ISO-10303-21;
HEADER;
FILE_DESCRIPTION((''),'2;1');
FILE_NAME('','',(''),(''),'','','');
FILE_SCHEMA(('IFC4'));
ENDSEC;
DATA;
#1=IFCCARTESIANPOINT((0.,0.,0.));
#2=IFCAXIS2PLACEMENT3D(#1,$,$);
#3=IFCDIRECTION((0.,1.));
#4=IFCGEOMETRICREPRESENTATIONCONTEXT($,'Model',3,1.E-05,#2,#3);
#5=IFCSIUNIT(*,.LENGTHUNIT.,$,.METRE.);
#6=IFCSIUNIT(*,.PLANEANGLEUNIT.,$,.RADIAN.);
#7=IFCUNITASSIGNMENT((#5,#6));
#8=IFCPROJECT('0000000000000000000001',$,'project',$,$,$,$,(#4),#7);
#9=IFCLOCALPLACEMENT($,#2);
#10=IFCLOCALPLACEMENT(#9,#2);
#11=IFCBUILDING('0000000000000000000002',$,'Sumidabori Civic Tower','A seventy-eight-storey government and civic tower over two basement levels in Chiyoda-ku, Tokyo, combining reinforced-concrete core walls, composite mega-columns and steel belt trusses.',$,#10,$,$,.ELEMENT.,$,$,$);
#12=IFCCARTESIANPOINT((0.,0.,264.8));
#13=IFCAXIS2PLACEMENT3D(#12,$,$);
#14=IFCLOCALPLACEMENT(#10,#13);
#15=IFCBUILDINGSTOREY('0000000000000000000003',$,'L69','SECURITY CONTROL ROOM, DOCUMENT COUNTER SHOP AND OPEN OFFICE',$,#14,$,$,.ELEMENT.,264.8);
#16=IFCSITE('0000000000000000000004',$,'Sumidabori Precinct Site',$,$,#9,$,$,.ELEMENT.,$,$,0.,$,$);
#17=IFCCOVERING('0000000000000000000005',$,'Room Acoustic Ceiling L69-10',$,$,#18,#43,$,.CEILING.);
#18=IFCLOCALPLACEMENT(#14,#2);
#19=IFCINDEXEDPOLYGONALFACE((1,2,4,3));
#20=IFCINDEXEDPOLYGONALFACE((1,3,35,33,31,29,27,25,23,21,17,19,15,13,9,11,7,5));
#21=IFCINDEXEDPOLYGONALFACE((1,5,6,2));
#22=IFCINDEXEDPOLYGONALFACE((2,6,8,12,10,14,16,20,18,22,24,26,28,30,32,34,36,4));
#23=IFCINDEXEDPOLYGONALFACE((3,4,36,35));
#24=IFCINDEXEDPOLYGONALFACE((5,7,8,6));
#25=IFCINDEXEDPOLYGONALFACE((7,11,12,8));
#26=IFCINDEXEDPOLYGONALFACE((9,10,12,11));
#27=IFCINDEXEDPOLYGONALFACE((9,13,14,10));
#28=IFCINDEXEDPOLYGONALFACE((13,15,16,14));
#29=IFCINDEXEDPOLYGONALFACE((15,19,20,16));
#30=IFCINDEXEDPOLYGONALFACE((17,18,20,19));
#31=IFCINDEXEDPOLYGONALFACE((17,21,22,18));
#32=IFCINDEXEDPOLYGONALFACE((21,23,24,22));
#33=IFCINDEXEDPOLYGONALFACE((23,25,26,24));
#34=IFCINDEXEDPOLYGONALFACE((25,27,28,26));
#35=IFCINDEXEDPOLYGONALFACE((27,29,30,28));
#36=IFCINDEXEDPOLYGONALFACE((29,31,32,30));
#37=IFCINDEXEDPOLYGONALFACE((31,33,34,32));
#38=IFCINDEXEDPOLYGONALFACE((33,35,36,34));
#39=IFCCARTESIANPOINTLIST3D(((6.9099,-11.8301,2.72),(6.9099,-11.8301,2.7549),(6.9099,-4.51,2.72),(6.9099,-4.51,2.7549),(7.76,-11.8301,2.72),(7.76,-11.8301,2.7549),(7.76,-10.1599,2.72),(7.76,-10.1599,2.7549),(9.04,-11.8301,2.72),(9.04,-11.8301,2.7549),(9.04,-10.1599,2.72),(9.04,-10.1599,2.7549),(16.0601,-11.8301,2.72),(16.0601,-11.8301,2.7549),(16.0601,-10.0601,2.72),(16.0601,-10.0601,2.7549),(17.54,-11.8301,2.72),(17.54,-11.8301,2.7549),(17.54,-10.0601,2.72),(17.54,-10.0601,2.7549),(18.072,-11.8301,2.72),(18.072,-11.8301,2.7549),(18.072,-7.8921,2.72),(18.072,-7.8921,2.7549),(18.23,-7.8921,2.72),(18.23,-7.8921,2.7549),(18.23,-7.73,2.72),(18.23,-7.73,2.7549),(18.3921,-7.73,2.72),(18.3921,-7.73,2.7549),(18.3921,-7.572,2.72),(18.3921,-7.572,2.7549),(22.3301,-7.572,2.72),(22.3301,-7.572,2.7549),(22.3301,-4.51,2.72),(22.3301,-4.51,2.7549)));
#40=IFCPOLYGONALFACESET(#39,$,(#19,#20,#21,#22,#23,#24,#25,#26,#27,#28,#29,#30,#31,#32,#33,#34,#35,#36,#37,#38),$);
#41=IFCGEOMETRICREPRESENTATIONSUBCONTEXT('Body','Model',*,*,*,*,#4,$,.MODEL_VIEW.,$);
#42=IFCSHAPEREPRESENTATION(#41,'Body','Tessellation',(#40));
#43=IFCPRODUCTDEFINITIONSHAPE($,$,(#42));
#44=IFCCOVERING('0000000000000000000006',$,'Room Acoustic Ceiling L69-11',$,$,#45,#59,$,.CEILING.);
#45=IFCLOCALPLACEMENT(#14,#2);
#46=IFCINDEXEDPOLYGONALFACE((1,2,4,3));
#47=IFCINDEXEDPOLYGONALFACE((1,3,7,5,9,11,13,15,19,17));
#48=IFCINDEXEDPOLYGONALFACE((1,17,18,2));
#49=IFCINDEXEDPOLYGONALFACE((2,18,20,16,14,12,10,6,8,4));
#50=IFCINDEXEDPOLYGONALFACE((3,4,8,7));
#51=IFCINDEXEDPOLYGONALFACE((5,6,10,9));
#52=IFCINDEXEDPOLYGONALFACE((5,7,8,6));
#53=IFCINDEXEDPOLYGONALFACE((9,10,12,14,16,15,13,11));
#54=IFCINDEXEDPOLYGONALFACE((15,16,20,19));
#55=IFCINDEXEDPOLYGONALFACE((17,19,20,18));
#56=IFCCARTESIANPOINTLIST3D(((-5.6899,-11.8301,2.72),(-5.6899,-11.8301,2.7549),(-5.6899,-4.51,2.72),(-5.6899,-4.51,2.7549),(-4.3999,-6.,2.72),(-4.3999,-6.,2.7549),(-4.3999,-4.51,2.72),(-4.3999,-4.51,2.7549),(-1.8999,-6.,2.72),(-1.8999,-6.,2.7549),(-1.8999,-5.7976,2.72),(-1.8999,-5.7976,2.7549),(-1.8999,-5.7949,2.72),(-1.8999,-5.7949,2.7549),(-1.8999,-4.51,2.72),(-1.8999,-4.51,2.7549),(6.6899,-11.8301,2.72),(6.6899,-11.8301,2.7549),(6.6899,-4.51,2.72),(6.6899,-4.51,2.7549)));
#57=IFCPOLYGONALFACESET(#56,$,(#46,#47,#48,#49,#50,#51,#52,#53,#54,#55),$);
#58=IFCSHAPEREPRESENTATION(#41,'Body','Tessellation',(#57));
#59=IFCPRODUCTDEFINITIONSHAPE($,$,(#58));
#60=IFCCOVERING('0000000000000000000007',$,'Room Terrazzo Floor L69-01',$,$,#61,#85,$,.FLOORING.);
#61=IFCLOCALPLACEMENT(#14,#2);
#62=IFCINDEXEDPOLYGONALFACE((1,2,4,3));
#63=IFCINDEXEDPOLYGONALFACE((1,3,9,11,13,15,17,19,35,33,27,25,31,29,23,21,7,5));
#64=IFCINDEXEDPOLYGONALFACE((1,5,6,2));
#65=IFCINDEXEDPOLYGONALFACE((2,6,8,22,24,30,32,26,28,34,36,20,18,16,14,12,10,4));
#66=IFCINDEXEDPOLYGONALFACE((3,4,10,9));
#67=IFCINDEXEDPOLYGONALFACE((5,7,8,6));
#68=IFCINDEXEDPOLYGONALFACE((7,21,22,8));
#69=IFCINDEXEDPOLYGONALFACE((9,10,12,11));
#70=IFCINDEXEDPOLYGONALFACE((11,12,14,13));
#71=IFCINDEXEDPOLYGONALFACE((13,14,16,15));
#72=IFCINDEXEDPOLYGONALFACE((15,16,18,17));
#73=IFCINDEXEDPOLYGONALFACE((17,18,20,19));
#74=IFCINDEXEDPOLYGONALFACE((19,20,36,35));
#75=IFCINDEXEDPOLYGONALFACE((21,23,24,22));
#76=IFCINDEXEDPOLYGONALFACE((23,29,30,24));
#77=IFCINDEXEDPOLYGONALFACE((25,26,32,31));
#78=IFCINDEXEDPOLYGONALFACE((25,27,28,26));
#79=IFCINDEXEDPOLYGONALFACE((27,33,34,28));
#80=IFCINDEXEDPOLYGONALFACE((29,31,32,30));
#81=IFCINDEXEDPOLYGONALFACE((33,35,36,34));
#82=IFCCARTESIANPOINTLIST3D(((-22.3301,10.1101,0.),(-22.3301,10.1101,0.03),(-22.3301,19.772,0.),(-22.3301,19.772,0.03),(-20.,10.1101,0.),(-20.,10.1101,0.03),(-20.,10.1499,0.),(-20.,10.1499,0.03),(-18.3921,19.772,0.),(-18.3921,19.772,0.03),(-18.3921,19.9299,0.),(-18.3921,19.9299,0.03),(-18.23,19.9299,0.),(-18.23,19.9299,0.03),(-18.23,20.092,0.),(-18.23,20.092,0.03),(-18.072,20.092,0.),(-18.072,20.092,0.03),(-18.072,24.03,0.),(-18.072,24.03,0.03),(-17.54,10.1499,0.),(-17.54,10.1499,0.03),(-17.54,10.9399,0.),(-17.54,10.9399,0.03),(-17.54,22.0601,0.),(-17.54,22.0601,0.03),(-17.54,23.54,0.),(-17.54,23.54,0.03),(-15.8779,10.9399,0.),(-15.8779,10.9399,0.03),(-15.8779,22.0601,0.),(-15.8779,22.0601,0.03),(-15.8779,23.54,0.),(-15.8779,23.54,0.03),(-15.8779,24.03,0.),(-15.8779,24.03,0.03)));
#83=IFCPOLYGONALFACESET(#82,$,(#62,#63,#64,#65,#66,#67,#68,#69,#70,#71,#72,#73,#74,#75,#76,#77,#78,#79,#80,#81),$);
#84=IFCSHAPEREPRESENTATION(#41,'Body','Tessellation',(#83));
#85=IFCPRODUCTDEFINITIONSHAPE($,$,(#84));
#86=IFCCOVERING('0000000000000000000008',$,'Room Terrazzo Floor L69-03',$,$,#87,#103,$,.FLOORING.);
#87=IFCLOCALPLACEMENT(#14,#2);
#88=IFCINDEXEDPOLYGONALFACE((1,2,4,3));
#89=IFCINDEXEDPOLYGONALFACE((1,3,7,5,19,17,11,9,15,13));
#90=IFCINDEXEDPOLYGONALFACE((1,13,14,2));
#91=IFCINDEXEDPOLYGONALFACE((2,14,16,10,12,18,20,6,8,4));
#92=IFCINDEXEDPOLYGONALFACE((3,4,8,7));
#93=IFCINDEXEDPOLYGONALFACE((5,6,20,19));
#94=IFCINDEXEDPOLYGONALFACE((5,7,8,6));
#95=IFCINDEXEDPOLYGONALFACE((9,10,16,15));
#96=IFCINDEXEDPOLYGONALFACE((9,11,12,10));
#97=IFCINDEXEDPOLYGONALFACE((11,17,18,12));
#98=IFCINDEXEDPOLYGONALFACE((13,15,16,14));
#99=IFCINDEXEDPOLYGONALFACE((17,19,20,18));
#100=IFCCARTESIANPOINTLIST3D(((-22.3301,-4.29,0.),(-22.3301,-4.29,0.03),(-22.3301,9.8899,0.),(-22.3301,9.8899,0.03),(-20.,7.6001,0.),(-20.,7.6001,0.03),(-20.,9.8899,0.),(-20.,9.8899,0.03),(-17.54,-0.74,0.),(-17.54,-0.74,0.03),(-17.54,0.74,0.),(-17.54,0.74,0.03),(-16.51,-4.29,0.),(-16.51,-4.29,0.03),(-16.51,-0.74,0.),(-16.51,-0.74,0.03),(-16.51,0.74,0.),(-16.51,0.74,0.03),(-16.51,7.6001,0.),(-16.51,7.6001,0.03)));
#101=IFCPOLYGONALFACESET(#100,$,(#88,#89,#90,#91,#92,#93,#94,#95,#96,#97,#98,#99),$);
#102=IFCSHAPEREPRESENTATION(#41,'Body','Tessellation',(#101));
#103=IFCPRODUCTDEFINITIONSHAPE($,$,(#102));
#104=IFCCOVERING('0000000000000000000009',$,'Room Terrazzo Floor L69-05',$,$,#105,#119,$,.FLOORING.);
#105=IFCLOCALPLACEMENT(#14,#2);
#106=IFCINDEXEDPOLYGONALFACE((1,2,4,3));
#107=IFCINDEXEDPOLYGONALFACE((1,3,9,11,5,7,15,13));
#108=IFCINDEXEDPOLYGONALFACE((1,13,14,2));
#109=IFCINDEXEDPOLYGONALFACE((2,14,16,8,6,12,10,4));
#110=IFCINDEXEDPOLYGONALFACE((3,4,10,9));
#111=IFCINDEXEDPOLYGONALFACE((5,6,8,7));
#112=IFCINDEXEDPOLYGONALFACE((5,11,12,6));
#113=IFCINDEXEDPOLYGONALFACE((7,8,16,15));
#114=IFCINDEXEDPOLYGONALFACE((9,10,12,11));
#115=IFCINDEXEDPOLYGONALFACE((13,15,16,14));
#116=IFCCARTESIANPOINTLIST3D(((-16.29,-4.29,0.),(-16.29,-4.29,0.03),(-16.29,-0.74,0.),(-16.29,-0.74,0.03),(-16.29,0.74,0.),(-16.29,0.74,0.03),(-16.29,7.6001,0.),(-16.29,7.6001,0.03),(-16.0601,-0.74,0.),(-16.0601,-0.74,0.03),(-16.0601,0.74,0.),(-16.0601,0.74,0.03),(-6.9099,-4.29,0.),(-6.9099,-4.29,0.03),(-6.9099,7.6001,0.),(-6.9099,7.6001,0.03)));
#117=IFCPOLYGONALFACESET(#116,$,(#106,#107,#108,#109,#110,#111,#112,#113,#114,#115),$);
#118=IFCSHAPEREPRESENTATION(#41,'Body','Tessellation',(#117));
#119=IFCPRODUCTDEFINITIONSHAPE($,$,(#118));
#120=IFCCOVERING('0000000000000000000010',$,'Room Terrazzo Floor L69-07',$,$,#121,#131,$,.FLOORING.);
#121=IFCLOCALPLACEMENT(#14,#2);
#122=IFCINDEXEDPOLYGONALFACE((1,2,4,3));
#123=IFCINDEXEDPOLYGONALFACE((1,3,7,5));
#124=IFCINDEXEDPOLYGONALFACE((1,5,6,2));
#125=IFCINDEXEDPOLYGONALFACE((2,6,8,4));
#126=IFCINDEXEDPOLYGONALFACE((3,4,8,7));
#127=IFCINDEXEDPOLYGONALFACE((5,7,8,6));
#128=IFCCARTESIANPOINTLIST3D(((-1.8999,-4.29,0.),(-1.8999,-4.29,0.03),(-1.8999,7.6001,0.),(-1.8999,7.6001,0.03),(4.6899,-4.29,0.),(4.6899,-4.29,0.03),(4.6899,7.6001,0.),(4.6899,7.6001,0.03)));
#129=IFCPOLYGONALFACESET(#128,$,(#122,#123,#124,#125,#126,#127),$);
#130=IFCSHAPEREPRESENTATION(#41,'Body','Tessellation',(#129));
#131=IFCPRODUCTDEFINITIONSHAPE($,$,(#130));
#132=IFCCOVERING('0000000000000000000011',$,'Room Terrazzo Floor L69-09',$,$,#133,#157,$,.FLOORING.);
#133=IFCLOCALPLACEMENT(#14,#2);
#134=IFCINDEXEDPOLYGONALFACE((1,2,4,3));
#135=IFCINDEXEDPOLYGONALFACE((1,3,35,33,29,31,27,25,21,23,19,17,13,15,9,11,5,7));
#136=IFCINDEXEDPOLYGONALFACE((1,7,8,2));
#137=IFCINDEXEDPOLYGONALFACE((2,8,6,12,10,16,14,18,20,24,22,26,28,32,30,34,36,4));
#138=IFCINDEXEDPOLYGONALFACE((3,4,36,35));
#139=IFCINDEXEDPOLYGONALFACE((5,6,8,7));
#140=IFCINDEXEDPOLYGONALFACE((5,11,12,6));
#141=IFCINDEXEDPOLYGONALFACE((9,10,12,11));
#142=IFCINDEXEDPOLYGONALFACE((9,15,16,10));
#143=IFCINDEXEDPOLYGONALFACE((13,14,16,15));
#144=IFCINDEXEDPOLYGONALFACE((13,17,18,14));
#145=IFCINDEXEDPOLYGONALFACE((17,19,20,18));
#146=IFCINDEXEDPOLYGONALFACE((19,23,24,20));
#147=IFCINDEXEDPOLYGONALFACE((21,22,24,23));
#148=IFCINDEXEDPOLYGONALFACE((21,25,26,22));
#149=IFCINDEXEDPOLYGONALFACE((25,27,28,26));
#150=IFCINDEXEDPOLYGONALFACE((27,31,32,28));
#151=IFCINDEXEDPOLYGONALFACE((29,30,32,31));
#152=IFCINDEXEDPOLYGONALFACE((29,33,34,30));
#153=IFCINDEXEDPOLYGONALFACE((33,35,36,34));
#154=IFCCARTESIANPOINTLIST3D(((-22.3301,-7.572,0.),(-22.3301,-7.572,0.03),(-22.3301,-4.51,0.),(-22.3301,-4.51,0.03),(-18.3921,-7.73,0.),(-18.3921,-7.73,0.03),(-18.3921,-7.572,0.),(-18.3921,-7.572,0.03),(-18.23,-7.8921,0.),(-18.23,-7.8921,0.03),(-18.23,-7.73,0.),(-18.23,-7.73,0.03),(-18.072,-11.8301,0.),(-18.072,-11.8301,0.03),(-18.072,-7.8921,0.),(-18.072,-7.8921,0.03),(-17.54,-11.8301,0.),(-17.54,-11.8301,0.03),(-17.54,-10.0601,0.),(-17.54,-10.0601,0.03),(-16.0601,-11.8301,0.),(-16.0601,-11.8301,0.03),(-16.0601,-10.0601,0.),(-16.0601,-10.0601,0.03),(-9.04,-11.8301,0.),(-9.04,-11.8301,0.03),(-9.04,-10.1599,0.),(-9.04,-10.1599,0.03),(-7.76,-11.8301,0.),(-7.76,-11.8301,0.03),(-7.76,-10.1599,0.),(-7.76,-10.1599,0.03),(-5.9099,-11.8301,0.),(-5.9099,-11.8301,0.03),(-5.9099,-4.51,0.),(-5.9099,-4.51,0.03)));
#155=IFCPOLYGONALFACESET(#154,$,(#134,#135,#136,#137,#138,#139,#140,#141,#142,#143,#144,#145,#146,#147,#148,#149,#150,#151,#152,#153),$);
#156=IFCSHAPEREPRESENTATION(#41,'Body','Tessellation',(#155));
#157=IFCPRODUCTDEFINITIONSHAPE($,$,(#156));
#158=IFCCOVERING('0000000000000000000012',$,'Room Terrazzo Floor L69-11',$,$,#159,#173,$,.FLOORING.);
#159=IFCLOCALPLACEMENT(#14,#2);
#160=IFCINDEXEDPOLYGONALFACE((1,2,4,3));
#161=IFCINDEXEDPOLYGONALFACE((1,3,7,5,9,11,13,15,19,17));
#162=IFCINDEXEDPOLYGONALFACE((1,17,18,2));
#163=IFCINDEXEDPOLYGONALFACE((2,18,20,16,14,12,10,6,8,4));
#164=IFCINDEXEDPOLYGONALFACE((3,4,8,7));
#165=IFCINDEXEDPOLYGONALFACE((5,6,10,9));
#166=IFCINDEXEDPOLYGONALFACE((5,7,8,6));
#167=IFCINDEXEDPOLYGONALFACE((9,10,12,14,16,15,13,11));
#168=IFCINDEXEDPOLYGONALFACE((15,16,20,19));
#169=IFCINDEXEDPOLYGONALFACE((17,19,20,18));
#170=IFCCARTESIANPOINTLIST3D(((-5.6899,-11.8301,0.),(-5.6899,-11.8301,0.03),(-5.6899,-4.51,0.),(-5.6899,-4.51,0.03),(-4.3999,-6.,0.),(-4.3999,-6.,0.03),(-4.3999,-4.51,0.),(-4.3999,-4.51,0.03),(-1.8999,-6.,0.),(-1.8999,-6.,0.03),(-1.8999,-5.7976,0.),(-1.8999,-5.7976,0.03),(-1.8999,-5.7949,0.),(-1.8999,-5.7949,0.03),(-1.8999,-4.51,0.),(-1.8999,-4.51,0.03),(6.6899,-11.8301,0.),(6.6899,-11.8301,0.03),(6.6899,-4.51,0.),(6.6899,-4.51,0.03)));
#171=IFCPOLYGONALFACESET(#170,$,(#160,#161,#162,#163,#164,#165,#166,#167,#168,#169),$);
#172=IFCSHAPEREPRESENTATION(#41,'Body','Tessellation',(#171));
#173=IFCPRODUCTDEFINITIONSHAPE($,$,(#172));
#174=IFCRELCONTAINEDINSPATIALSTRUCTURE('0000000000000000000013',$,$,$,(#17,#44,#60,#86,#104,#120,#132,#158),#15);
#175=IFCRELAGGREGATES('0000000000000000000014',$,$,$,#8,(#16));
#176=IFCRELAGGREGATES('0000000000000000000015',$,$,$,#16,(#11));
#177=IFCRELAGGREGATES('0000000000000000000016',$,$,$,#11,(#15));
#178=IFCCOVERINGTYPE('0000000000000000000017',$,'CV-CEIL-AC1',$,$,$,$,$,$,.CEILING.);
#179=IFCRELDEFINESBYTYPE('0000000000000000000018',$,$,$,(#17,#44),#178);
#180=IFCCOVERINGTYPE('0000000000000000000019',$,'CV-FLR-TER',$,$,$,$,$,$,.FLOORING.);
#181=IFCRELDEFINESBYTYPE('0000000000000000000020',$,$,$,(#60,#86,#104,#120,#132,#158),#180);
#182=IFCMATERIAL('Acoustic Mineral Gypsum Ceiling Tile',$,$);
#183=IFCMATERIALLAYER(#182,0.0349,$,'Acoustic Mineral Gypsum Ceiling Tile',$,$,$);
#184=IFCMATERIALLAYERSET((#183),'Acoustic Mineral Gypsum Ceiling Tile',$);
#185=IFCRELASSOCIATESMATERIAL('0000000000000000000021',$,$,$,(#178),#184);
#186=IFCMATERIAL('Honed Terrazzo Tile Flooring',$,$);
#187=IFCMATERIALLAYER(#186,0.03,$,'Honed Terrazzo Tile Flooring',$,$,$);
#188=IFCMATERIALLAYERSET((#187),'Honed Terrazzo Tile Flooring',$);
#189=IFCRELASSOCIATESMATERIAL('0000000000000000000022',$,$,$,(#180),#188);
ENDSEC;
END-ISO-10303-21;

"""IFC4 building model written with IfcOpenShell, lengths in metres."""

from ifc_helpers import new_model, si_unit, direction, frame, origin, place, context, subcontext, project, spatial, polyline, outline, extrude, material, layer, layer_set, type_object, element, save


model = new_model("IFC4")

# Units and contexts
model_context = context("Model", 3, precision=1e-05, world=origin(), true_north=direction((0.0, 1.0)))
body_context = subcontext(model_context, "Body", "Model", "MODEL_VIEW")
ifc_project = project(units=[si_unit("LENGTHUNIT", "METRE"), si_unit("PLANEANGLEUNIT", "RADIAN")], contexts=[model_context])

# Site, building, storey
site_placement = place(None, origin())
site = spatial("IfcSite", under=ifc_project, at=site_placement, Name="Sumidabori Precinct Site", CompositionType="ELEMENT", RefElevation=0.0)
building_placement = place(site_placement, origin())
building = spatial("IfcBuilding", under=site, at=building_placement, Name="Sumidabori Civic Tower", Description="A seventy-eight-storey government and civic tower over two basement levels in Chiyoda-ku, Tokyo, combining reinforced-concrete core walls, composite mega-columns and steel belt trusses.", CompositionType="ELEMENT")
storey_placement = place(building_placement, frame((0.0, 0.0, 264.8)))
storey = spatial("IfcBuildingStorey", under=building, at=storey_placement, Name="L69", Description="SECURITY CONTROL ROOM, DOCUMENT COUNTER SHOP AND OPEN OFFICE", CompositionType="ELEMENT", Elevation=264.8)

# Coverings
ifc_material_1 = material(Name="Acoustic Mineral Gypsum Ceiling Tile")
ifc_layer_1 = layer(ifc_material_1, 0.0349, Name="Acoustic Mineral Gypsum Ceiling Tile")
ifc_layer_set_1 = layer_set([ifc_layer_1], Name="Acoustic Mineral Gypsum Ceiling Tile")
covering_type_1 = type_object("IfcCoveringType", Name="CV-CEIL-AC1", PredefinedType="CEILING", material=ifc_layer_set_1)
covering_1_placement = place(storey_placement, frame((0.0, 0.0, 2.72)))
element("IfcCovering", 1, at=covering_1_placement, inside=storey, type_object=covering_type_1, Name="Room Acoustic Ceiling L69-10", PredefinedType="CEILING", context=body_context, shape_type="SweptSolid", body=[
    extrude(outline(polyline([(22.3301, -4.51), (22.3301, -7.572), (18.3921, -7.572), (18.3921, -7.73), (18.23, -7.73), (18.23, -7.8921), (18.072, -7.8921), (18.072, -11.8301), (17.54, -11.8301), (17.54, -10.0601), (16.0601, -10.0601), (16.0601, -11.8301), (9.04, -11.8301), (9.04, -10.1599), (7.76, -10.1599), (7.76, -11.8301), (6.9099, -11.8301), (6.9099, -4.51), (22.3301, -4.51)])), origin(), (0.0, 0.0, 1.0), 0.0349),
])
covering_2_placement = place(storey_placement, frame((0.0, 0.0, 2.72)))
element("IfcCovering", 2, at=covering_2_placement, inside=storey, type_object=covering_type_1, Name="Room Acoustic Ceiling L69-11", PredefinedType="CEILING", context=body_context, shape_type="SweptSolid", body=[
    extrude(outline(polyline([(-4.3999, -6.0), (-1.8999, -6.0), (-1.8999, -5.7976), (-1.8999, -5.7949), (-1.8999, -4.51), (6.6899, -4.51), (6.6899, -11.8301), (-5.6899, -11.8301), (-5.6899, -4.51), (-4.3999, -4.51), (-4.3999, -6.0)])), origin(), (0.0, 0.0, 1.0), 0.0349),
])
ifc_material_2 = material(Name="Honed Terrazzo Tile Flooring")
ifc_layer_2 = layer(ifc_material_2, 0.03, Name="Honed Terrazzo Tile Flooring")
ifc_layer_set_2 = layer_set([ifc_layer_2], Name="Honed Terrazzo Tile Flooring")
covering_type_2 = type_object("IfcCoveringType", Name="CV-FLR-TER", PredefinedType="FLOORING", material=ifc_layer_set_2)
covering_3_placement = place(storey_placement, origin())
element("IfcCovering", 3, at=covering_3_placement, inside=storey, type_object=covering_type_2, Name="Room Terrazzo Floor L69-01", PredefinedType="FLOORING", context=body_context, shape_type="SweptSolid", body=[
    extrude(outline(polyline([(-22.3301, 10.1101), (-22.3301, 19.772), (-18.3921, 19.772), (-18.3921, 19.9299), (-18.23, 19.9299), (-18.23, 20.092), (-18.072, 20.092), (-18.072, 24.03), (-15.8779, 24.03), (-15.8779, 23.54), (-17.54, 23.54), (-17.54, 22.0601), (-15.8779, 22.0601), (-15.8779, 10.9399), (-17.54, 10.9399), (-17.54, 10.1499), (-20.0, 10.1499), (-20.0, 10.1101), (-22.3301, 10.1101)])), origin(), (0.0, 0.0, 1.0), 0.03),
])
covering_4_placement = place(storey_placement, origin())
element("IfcCovering", 4, at=covering_4_placement, inside=storey, type_object=covering_type_2, Name="Room Terrazzo Floor L69-03", PredefinedType="FLOORING", context=body_context, shape_type="SweptSolid", body=[
    extrude(outline(polyline([(-20.0, 7.6001), (-16.51, 7.6001), (-16.51, 0.74), (-17.54, 0.74), (-17.54, -0.74), (-16.51, -0.74), (-16.51, -4.29), (-22.3301, -4.29), (-22.3301, 9.8899), (-20.0, 9.8899), (-20.0, 7.6001)])), origin(), (0.0, 0.0, 1.0), 0.03),
])
covering_5_placement = place(storey_placement, origin())
element("IfcCovering", 5, at=covering_5_placement, inside=storey, type_object=covering_type_2, Name="Room Terrazzo Floor L69-05", PredefinedType="FLOORING", context=body_context, shape_type="SweptSolid", body=[
    extrude(outline(polyline([(-16.29, -0.74), (-16.0601, -0.74), (-16.0601, 0.74), (-16.29, 0.74), (-16.29, 7.6001), (-6.9099, 7.6001), (-6.9099, -4.29), (-16.29, -4.29), (-16.29, -0.74)])), origin(), (0.0, 0.0, 1.0), 0.03),
])
covering_6_placement = place(storey_placement, origin())
element("IfcCovering", 6, at=covering_6_placement, inside=storey, type_object=covering_type_2, Name="Room Terrazzo Floor L69-07", PredefinedType="FLOORING", context=body_context, shape_type="SweptSolid", body=[
    extrude(outline(polyline([(-1.8999, 7.6001), (4.6899, 7.6001), (4.6899, -4.29), (-1.8999, -4.29), (-1.8999, 7.6001)])), origin(), (0.0, 0.0, 1.0), 0.03),
])
covering_7_placement = place(storey_placement, origin())
element("IfcCovering", 7, at=covering_7_placement, inside=storey, type_object=covering_type_2, Name="Room Terrazzo Floor L69-09", PredefinedType="FLOORING", context=body_context, shape_type="SweptSolid", body=[
    extrude(outline(polyline([(-22.3301, -7.572), (-22.3301, -4.51), (-5.9099, -4.51), (-5.9099, -11.8301), (-7.76, -11.8301), (-7.76, -10.1599), (-9.04, -10.1599), (-9.04, -11.8301), (-16.0601, -11.8301), (-16.0601, -10.0601), (-17.54, -10.0601), (-17.54, -11.8301), (-18.072, -11.8301), (-18.072, -7.8921), (-18.23, -7.8921), (-18.23, -7.73), (-18.3921, -7.73), (-18.3921, -7.572), (-22.3301, -7.572)])), origin(), (0.0, 0.0, 1.0), 0.03),
])
covering_8_placement = place(storey_placement, origin())
element("IfcCovering", 8, at=covering_8_placement, inside=storey, type_object=covering_type_2, Name="Room Terrazzo Floor L69-11", PredefinedType="FLOORING", context=body_context, shape_type="SweptSolid", body=[
    extrude(outline(polyline([(-4.3999, -6.0), (-1.8999, -6.0), (-1.8999, -5.7976), (-1.8999, -5.7949), (-1.8999, -4.51), (6.6899, -4.51), (6.6899, -11.8301), (-5.6899, -11.8301), (-5.6899, -4.51), (-4.3999, -4.51), (-4.3999, -6.0)])), origin(), (0.0, 0.0, 1.0), 0.03),
])

save(model, "model.ifc")
